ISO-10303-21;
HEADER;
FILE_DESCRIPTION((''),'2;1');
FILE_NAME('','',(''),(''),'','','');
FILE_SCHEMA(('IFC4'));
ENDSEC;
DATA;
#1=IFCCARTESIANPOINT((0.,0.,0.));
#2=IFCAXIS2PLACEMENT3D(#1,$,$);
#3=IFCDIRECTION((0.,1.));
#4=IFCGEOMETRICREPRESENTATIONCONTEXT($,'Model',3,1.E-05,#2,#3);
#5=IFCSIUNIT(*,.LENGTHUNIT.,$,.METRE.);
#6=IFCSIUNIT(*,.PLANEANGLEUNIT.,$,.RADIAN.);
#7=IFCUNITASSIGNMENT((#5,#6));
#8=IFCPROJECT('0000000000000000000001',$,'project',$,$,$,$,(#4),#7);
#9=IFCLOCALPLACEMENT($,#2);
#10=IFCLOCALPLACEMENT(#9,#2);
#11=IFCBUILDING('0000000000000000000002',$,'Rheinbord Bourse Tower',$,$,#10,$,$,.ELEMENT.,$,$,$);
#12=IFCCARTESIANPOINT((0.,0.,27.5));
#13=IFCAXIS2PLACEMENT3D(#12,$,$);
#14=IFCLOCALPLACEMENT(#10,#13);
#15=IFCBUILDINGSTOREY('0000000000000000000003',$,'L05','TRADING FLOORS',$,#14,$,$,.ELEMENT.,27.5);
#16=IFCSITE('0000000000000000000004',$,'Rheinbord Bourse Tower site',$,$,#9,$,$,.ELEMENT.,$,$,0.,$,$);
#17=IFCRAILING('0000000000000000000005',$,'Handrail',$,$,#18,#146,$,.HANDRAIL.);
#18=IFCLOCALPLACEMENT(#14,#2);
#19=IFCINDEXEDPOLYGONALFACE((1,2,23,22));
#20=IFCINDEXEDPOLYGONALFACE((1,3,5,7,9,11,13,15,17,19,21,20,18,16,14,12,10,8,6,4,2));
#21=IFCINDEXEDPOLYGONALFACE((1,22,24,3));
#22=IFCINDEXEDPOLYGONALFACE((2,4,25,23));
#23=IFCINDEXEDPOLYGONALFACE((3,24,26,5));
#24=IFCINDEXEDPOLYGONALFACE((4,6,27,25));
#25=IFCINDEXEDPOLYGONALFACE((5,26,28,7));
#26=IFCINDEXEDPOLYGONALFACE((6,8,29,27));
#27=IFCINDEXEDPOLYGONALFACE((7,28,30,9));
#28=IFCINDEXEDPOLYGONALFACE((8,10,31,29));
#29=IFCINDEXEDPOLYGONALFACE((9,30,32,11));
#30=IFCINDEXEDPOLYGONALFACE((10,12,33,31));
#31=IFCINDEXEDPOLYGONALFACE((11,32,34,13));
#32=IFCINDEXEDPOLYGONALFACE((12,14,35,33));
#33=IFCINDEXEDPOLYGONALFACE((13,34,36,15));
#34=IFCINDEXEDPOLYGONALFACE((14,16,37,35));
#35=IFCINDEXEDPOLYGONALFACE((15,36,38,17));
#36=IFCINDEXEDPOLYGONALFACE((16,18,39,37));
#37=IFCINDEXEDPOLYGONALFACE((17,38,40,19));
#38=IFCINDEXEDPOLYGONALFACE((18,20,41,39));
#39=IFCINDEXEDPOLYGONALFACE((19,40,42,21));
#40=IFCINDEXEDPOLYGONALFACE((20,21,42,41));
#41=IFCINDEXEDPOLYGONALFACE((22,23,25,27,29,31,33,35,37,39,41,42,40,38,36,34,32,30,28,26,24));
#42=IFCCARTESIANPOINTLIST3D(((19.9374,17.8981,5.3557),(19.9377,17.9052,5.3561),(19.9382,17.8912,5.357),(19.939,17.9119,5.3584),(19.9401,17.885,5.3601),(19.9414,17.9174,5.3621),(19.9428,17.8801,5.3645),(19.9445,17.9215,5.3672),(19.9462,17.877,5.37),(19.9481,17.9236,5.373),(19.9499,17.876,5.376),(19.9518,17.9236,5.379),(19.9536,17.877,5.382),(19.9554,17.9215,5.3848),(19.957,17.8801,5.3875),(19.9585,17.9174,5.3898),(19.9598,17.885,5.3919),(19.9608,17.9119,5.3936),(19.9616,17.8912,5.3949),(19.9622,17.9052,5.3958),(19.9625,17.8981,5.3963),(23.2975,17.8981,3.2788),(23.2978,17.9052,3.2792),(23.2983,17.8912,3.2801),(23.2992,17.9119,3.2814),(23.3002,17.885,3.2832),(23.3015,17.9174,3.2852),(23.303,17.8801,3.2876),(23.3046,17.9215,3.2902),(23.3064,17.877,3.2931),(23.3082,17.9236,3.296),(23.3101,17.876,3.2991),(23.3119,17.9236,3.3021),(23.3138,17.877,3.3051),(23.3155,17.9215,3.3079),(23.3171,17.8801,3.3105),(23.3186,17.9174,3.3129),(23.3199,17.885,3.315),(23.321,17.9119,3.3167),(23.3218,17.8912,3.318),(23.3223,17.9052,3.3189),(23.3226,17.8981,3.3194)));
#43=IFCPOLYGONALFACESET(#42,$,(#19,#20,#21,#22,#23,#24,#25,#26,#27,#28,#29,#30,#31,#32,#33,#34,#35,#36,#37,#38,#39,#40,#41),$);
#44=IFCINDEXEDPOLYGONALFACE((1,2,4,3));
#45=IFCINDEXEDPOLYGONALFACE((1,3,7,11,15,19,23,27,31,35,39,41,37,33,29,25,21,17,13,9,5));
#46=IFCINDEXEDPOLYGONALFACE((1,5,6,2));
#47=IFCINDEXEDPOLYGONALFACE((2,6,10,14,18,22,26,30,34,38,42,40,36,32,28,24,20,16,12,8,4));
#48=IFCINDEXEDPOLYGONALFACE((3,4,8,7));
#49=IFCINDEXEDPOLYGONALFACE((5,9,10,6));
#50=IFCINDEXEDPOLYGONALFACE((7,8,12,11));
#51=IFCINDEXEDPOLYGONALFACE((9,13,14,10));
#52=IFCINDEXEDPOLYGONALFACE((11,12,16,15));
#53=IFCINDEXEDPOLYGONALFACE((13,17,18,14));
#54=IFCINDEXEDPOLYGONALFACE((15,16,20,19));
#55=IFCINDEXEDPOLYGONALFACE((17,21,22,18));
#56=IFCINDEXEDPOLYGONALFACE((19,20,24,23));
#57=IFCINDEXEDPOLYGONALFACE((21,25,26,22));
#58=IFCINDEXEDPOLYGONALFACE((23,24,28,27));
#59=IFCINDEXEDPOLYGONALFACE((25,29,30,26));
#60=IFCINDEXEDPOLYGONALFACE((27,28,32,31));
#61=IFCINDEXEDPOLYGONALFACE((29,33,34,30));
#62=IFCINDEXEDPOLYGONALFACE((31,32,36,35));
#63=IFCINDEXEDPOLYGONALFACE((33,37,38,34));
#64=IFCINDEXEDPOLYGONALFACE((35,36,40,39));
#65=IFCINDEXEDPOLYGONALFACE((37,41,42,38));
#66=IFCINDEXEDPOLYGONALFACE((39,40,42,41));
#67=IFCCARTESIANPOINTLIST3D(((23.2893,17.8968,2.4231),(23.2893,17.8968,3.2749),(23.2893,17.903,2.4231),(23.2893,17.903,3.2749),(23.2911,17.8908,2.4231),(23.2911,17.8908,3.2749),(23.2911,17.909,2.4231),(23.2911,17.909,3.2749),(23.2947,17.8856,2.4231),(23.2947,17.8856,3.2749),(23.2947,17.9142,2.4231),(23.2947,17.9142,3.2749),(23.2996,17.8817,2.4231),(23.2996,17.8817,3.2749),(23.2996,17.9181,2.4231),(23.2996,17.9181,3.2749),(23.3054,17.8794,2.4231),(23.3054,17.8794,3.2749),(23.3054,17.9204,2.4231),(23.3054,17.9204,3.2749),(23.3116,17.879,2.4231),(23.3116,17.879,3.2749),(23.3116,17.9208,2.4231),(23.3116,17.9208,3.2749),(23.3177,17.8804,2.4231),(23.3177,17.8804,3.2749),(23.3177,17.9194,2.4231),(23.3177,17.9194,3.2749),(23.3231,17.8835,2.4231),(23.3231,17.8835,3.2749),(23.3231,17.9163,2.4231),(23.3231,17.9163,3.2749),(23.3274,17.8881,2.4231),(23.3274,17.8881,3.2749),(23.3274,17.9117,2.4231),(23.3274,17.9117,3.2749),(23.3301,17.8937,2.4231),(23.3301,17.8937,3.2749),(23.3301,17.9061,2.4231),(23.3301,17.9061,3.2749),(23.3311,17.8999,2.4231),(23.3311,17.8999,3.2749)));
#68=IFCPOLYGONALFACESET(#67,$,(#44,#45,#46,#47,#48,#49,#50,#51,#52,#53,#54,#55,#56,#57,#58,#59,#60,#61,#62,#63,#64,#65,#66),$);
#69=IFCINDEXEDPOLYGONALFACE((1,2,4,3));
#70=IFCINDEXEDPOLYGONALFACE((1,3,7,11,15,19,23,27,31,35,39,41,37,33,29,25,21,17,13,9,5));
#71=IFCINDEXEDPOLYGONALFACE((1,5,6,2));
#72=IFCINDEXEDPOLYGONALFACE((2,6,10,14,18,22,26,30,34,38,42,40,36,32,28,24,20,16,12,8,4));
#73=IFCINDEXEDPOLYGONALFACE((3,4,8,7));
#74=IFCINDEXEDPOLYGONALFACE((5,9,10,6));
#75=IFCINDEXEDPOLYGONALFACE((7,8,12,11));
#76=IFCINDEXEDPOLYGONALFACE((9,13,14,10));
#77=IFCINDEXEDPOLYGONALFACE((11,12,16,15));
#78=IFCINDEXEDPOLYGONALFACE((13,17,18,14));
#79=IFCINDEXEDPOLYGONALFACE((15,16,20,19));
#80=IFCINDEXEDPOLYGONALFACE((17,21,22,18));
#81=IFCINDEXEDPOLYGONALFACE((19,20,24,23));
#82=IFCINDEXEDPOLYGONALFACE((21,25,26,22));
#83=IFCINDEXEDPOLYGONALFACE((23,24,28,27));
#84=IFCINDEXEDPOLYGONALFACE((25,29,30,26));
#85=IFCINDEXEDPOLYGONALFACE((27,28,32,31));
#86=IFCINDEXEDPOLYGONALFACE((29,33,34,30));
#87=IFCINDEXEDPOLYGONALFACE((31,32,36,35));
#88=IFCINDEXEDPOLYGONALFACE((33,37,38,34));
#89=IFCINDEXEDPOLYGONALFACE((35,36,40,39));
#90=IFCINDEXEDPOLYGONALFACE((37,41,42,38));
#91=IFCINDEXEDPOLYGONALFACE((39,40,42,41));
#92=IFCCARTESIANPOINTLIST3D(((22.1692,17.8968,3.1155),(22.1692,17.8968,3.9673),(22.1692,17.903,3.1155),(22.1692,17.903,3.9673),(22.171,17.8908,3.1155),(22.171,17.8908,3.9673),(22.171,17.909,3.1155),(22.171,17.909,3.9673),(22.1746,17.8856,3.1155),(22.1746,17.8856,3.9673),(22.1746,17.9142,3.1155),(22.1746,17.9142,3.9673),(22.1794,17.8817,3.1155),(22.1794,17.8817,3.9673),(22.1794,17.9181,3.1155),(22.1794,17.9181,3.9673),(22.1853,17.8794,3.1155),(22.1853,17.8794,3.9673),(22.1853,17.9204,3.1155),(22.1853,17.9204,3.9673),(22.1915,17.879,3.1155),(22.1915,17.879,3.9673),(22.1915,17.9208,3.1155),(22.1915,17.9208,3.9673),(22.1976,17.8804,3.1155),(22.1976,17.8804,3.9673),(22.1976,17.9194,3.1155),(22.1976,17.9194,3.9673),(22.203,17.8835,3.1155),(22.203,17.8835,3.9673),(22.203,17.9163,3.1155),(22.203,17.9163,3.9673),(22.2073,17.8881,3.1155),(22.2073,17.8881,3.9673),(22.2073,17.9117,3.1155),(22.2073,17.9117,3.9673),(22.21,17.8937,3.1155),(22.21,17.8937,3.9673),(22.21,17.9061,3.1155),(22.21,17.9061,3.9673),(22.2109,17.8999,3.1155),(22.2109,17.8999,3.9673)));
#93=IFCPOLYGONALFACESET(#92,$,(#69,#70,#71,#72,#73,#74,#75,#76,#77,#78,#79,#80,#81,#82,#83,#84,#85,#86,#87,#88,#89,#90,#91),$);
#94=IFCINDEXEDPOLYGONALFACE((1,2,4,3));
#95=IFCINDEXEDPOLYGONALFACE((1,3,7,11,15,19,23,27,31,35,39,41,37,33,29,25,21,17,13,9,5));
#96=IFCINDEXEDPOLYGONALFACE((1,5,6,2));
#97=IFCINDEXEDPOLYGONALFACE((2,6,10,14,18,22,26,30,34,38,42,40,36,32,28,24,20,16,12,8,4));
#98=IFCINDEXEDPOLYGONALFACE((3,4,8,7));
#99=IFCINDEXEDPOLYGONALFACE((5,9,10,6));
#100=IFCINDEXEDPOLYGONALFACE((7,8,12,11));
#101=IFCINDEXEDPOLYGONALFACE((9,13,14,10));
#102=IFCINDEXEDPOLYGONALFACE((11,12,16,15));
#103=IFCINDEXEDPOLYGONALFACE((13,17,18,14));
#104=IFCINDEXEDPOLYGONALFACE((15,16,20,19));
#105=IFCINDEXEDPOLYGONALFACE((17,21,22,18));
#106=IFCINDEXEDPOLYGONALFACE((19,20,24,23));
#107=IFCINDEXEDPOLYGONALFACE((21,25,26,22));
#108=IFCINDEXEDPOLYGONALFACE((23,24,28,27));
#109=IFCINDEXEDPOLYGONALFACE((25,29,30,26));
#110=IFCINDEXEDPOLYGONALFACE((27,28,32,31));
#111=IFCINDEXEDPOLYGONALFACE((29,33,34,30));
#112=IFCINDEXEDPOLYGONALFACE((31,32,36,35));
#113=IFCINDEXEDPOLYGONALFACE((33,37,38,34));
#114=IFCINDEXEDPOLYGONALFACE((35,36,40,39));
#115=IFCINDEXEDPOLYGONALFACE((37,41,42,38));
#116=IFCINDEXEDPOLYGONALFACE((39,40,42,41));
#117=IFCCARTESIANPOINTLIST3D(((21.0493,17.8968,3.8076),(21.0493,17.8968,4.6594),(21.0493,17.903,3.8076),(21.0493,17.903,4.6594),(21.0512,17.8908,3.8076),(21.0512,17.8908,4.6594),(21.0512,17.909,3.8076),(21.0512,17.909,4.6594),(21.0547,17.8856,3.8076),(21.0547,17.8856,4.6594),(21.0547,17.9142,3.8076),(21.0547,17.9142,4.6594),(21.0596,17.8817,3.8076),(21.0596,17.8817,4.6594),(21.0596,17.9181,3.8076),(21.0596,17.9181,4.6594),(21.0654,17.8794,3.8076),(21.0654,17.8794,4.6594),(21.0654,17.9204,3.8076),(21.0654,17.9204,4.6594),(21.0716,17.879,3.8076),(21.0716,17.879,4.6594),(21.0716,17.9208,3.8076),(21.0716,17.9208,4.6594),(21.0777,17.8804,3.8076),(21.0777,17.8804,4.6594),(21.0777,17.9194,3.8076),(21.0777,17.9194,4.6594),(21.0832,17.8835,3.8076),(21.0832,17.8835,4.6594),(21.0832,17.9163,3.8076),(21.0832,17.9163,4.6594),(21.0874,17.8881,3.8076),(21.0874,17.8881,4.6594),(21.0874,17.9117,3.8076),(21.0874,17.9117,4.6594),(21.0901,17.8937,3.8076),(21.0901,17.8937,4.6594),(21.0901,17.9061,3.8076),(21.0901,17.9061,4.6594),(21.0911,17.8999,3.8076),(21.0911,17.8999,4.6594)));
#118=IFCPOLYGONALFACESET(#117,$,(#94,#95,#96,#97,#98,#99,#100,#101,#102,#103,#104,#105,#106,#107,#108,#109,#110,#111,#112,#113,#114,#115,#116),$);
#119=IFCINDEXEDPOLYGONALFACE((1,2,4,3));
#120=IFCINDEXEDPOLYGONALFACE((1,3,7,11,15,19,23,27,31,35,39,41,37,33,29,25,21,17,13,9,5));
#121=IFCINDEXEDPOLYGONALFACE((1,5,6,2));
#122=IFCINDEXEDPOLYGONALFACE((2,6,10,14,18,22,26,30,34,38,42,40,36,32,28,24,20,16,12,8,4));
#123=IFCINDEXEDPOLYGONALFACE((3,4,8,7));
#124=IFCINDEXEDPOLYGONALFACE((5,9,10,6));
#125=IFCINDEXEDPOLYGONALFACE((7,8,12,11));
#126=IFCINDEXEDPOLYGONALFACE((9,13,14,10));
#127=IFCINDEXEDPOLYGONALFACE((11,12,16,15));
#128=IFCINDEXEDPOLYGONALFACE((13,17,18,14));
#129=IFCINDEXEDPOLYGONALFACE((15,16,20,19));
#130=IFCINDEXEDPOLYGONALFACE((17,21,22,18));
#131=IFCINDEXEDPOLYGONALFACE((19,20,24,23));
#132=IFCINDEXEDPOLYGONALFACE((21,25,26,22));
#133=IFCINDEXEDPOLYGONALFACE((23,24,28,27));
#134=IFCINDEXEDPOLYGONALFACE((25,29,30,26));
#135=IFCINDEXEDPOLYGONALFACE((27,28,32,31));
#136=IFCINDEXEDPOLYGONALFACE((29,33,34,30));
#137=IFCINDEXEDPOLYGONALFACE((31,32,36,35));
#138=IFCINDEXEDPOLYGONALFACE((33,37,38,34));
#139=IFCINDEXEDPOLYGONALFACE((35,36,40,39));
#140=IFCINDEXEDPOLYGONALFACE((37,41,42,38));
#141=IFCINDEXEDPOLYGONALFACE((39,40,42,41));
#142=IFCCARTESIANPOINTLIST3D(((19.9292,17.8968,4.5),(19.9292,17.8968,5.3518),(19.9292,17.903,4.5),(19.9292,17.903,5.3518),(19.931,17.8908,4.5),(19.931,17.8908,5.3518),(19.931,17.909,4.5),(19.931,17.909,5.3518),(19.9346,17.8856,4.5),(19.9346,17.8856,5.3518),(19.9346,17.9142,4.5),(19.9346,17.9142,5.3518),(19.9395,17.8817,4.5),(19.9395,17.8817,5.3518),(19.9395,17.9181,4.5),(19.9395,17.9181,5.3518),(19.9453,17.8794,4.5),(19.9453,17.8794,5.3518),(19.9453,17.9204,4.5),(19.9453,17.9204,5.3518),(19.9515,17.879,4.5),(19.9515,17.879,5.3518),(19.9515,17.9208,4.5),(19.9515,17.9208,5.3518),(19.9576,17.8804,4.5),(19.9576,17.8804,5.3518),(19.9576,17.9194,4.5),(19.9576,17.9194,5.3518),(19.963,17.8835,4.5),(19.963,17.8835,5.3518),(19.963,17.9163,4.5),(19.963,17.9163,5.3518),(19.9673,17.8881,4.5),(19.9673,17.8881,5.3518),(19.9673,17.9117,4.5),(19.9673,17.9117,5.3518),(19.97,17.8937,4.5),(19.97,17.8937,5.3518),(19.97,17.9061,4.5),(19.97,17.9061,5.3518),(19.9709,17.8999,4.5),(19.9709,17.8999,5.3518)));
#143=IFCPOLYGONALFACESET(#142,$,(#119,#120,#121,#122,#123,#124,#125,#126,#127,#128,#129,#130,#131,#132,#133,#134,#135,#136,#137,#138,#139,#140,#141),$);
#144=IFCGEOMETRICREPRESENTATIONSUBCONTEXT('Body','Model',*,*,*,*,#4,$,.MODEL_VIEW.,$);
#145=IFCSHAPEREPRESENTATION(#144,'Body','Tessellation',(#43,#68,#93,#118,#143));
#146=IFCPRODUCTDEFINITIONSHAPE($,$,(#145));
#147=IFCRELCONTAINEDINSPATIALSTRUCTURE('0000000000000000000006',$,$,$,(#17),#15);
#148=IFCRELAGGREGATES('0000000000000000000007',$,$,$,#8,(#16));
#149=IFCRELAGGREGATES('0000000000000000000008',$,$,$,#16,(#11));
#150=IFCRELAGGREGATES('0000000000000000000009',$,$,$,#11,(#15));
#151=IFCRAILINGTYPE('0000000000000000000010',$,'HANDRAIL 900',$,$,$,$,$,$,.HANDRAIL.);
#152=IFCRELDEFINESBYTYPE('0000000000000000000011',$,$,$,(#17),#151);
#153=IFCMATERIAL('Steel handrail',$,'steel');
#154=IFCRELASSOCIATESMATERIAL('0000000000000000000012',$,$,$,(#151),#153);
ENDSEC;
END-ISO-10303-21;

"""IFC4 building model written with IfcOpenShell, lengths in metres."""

from ifc_helpers import new_model, si_unit, direction, frame, origin, origin_2d, place, context, subcontext, project, spatial, circle, extrude, material, type_object, element, save


model = new_model("IFC4")

# Units and contexts
model_context = context("Model", 3, precision=1e-05, world=origin(), true_north=direction((0.0, 1.0)))
body_context = subcontext(model_context, "Body", "Model", "MODEL_VIEW")
ifc_project = project(units=[si_unit("LENGTHUNIT", "METRE"), si_unit("PLANEANGLEUNIT", "RADIAN")], contexts=[model_context])

# Site, building, storey
site_placement = place(None, origin())
site = spatial("IfcSite", under=ifc_project, at=site_placement, Name="Rheinbord Bourse Tower site", CompositionType="ELEMENT", RefElevation=0.0)
building_placement = place(site_placement, origin())
building = spatial("IfcBuilding", under=site, at=building_placement, Name="Rheinbord Bourse Tower", CompositionType="ELEMENT")
storey_placement = place(building_placement, frame((0.0, 0.0, 27.5)))
storey = spatial("IfcBuildingStorey", under=building, at=storey_placement, Name="L05", Description="TRADING FLOORS", CompositionType="ELEMENT", Elevation=27.5)

# Railing
ifc_material_1 = material(Name="Steel handrail", Category="steel")
railing_type = type_object("IfcRailingType", Name="HANDRAIL 900", PredefinedType="HANDRAIL", material=ifc_material_1)
railing_1_placement = place(storey_placement, frame((23.3101, 17.8999, 2.4231)))
element("IfcRailing", 1, at=railing_1_placement, inside=storey, type_object=railing_type, Name="Handrail", PredefinedType="HANDRAIL", context=body_context, shape_type="SweptSolid", body=[
    extrude(circle(Radius=0.0239, at=origin_2d()), frame((0.0, 0.0, 0.876), z_axis=(-0.850623, 0.0, 0.525776), x_axis=(0.0, -1.0, 0.0)), (0.0, 0.0, 1.0), 3.9502),
    extrude(circle(Radius=0.021, at=origin_2d()), origin(), (0.0, 0.0, 1.0), 0.8518),
    extrude(circle(Radius=0.021, at=origin_2d()), frame((-1.1201, 0.0, 0.6924)), (0.0, 0.0, 1.0), 0.8518),
    extrude(circle(Radius=0.021, at=origin_2d()), frame((-2.24, 0.0, 1.3845)), (0.0, 0.0, 1.0), 0.8518),
    extrude(circle(Radius=0.021, at=origin_2d()), frame((-3.3601, 0.0, 2.0769)), (0.0, 0.0, 1.0), 0.8518),
])

save(model, "model.ifc")
